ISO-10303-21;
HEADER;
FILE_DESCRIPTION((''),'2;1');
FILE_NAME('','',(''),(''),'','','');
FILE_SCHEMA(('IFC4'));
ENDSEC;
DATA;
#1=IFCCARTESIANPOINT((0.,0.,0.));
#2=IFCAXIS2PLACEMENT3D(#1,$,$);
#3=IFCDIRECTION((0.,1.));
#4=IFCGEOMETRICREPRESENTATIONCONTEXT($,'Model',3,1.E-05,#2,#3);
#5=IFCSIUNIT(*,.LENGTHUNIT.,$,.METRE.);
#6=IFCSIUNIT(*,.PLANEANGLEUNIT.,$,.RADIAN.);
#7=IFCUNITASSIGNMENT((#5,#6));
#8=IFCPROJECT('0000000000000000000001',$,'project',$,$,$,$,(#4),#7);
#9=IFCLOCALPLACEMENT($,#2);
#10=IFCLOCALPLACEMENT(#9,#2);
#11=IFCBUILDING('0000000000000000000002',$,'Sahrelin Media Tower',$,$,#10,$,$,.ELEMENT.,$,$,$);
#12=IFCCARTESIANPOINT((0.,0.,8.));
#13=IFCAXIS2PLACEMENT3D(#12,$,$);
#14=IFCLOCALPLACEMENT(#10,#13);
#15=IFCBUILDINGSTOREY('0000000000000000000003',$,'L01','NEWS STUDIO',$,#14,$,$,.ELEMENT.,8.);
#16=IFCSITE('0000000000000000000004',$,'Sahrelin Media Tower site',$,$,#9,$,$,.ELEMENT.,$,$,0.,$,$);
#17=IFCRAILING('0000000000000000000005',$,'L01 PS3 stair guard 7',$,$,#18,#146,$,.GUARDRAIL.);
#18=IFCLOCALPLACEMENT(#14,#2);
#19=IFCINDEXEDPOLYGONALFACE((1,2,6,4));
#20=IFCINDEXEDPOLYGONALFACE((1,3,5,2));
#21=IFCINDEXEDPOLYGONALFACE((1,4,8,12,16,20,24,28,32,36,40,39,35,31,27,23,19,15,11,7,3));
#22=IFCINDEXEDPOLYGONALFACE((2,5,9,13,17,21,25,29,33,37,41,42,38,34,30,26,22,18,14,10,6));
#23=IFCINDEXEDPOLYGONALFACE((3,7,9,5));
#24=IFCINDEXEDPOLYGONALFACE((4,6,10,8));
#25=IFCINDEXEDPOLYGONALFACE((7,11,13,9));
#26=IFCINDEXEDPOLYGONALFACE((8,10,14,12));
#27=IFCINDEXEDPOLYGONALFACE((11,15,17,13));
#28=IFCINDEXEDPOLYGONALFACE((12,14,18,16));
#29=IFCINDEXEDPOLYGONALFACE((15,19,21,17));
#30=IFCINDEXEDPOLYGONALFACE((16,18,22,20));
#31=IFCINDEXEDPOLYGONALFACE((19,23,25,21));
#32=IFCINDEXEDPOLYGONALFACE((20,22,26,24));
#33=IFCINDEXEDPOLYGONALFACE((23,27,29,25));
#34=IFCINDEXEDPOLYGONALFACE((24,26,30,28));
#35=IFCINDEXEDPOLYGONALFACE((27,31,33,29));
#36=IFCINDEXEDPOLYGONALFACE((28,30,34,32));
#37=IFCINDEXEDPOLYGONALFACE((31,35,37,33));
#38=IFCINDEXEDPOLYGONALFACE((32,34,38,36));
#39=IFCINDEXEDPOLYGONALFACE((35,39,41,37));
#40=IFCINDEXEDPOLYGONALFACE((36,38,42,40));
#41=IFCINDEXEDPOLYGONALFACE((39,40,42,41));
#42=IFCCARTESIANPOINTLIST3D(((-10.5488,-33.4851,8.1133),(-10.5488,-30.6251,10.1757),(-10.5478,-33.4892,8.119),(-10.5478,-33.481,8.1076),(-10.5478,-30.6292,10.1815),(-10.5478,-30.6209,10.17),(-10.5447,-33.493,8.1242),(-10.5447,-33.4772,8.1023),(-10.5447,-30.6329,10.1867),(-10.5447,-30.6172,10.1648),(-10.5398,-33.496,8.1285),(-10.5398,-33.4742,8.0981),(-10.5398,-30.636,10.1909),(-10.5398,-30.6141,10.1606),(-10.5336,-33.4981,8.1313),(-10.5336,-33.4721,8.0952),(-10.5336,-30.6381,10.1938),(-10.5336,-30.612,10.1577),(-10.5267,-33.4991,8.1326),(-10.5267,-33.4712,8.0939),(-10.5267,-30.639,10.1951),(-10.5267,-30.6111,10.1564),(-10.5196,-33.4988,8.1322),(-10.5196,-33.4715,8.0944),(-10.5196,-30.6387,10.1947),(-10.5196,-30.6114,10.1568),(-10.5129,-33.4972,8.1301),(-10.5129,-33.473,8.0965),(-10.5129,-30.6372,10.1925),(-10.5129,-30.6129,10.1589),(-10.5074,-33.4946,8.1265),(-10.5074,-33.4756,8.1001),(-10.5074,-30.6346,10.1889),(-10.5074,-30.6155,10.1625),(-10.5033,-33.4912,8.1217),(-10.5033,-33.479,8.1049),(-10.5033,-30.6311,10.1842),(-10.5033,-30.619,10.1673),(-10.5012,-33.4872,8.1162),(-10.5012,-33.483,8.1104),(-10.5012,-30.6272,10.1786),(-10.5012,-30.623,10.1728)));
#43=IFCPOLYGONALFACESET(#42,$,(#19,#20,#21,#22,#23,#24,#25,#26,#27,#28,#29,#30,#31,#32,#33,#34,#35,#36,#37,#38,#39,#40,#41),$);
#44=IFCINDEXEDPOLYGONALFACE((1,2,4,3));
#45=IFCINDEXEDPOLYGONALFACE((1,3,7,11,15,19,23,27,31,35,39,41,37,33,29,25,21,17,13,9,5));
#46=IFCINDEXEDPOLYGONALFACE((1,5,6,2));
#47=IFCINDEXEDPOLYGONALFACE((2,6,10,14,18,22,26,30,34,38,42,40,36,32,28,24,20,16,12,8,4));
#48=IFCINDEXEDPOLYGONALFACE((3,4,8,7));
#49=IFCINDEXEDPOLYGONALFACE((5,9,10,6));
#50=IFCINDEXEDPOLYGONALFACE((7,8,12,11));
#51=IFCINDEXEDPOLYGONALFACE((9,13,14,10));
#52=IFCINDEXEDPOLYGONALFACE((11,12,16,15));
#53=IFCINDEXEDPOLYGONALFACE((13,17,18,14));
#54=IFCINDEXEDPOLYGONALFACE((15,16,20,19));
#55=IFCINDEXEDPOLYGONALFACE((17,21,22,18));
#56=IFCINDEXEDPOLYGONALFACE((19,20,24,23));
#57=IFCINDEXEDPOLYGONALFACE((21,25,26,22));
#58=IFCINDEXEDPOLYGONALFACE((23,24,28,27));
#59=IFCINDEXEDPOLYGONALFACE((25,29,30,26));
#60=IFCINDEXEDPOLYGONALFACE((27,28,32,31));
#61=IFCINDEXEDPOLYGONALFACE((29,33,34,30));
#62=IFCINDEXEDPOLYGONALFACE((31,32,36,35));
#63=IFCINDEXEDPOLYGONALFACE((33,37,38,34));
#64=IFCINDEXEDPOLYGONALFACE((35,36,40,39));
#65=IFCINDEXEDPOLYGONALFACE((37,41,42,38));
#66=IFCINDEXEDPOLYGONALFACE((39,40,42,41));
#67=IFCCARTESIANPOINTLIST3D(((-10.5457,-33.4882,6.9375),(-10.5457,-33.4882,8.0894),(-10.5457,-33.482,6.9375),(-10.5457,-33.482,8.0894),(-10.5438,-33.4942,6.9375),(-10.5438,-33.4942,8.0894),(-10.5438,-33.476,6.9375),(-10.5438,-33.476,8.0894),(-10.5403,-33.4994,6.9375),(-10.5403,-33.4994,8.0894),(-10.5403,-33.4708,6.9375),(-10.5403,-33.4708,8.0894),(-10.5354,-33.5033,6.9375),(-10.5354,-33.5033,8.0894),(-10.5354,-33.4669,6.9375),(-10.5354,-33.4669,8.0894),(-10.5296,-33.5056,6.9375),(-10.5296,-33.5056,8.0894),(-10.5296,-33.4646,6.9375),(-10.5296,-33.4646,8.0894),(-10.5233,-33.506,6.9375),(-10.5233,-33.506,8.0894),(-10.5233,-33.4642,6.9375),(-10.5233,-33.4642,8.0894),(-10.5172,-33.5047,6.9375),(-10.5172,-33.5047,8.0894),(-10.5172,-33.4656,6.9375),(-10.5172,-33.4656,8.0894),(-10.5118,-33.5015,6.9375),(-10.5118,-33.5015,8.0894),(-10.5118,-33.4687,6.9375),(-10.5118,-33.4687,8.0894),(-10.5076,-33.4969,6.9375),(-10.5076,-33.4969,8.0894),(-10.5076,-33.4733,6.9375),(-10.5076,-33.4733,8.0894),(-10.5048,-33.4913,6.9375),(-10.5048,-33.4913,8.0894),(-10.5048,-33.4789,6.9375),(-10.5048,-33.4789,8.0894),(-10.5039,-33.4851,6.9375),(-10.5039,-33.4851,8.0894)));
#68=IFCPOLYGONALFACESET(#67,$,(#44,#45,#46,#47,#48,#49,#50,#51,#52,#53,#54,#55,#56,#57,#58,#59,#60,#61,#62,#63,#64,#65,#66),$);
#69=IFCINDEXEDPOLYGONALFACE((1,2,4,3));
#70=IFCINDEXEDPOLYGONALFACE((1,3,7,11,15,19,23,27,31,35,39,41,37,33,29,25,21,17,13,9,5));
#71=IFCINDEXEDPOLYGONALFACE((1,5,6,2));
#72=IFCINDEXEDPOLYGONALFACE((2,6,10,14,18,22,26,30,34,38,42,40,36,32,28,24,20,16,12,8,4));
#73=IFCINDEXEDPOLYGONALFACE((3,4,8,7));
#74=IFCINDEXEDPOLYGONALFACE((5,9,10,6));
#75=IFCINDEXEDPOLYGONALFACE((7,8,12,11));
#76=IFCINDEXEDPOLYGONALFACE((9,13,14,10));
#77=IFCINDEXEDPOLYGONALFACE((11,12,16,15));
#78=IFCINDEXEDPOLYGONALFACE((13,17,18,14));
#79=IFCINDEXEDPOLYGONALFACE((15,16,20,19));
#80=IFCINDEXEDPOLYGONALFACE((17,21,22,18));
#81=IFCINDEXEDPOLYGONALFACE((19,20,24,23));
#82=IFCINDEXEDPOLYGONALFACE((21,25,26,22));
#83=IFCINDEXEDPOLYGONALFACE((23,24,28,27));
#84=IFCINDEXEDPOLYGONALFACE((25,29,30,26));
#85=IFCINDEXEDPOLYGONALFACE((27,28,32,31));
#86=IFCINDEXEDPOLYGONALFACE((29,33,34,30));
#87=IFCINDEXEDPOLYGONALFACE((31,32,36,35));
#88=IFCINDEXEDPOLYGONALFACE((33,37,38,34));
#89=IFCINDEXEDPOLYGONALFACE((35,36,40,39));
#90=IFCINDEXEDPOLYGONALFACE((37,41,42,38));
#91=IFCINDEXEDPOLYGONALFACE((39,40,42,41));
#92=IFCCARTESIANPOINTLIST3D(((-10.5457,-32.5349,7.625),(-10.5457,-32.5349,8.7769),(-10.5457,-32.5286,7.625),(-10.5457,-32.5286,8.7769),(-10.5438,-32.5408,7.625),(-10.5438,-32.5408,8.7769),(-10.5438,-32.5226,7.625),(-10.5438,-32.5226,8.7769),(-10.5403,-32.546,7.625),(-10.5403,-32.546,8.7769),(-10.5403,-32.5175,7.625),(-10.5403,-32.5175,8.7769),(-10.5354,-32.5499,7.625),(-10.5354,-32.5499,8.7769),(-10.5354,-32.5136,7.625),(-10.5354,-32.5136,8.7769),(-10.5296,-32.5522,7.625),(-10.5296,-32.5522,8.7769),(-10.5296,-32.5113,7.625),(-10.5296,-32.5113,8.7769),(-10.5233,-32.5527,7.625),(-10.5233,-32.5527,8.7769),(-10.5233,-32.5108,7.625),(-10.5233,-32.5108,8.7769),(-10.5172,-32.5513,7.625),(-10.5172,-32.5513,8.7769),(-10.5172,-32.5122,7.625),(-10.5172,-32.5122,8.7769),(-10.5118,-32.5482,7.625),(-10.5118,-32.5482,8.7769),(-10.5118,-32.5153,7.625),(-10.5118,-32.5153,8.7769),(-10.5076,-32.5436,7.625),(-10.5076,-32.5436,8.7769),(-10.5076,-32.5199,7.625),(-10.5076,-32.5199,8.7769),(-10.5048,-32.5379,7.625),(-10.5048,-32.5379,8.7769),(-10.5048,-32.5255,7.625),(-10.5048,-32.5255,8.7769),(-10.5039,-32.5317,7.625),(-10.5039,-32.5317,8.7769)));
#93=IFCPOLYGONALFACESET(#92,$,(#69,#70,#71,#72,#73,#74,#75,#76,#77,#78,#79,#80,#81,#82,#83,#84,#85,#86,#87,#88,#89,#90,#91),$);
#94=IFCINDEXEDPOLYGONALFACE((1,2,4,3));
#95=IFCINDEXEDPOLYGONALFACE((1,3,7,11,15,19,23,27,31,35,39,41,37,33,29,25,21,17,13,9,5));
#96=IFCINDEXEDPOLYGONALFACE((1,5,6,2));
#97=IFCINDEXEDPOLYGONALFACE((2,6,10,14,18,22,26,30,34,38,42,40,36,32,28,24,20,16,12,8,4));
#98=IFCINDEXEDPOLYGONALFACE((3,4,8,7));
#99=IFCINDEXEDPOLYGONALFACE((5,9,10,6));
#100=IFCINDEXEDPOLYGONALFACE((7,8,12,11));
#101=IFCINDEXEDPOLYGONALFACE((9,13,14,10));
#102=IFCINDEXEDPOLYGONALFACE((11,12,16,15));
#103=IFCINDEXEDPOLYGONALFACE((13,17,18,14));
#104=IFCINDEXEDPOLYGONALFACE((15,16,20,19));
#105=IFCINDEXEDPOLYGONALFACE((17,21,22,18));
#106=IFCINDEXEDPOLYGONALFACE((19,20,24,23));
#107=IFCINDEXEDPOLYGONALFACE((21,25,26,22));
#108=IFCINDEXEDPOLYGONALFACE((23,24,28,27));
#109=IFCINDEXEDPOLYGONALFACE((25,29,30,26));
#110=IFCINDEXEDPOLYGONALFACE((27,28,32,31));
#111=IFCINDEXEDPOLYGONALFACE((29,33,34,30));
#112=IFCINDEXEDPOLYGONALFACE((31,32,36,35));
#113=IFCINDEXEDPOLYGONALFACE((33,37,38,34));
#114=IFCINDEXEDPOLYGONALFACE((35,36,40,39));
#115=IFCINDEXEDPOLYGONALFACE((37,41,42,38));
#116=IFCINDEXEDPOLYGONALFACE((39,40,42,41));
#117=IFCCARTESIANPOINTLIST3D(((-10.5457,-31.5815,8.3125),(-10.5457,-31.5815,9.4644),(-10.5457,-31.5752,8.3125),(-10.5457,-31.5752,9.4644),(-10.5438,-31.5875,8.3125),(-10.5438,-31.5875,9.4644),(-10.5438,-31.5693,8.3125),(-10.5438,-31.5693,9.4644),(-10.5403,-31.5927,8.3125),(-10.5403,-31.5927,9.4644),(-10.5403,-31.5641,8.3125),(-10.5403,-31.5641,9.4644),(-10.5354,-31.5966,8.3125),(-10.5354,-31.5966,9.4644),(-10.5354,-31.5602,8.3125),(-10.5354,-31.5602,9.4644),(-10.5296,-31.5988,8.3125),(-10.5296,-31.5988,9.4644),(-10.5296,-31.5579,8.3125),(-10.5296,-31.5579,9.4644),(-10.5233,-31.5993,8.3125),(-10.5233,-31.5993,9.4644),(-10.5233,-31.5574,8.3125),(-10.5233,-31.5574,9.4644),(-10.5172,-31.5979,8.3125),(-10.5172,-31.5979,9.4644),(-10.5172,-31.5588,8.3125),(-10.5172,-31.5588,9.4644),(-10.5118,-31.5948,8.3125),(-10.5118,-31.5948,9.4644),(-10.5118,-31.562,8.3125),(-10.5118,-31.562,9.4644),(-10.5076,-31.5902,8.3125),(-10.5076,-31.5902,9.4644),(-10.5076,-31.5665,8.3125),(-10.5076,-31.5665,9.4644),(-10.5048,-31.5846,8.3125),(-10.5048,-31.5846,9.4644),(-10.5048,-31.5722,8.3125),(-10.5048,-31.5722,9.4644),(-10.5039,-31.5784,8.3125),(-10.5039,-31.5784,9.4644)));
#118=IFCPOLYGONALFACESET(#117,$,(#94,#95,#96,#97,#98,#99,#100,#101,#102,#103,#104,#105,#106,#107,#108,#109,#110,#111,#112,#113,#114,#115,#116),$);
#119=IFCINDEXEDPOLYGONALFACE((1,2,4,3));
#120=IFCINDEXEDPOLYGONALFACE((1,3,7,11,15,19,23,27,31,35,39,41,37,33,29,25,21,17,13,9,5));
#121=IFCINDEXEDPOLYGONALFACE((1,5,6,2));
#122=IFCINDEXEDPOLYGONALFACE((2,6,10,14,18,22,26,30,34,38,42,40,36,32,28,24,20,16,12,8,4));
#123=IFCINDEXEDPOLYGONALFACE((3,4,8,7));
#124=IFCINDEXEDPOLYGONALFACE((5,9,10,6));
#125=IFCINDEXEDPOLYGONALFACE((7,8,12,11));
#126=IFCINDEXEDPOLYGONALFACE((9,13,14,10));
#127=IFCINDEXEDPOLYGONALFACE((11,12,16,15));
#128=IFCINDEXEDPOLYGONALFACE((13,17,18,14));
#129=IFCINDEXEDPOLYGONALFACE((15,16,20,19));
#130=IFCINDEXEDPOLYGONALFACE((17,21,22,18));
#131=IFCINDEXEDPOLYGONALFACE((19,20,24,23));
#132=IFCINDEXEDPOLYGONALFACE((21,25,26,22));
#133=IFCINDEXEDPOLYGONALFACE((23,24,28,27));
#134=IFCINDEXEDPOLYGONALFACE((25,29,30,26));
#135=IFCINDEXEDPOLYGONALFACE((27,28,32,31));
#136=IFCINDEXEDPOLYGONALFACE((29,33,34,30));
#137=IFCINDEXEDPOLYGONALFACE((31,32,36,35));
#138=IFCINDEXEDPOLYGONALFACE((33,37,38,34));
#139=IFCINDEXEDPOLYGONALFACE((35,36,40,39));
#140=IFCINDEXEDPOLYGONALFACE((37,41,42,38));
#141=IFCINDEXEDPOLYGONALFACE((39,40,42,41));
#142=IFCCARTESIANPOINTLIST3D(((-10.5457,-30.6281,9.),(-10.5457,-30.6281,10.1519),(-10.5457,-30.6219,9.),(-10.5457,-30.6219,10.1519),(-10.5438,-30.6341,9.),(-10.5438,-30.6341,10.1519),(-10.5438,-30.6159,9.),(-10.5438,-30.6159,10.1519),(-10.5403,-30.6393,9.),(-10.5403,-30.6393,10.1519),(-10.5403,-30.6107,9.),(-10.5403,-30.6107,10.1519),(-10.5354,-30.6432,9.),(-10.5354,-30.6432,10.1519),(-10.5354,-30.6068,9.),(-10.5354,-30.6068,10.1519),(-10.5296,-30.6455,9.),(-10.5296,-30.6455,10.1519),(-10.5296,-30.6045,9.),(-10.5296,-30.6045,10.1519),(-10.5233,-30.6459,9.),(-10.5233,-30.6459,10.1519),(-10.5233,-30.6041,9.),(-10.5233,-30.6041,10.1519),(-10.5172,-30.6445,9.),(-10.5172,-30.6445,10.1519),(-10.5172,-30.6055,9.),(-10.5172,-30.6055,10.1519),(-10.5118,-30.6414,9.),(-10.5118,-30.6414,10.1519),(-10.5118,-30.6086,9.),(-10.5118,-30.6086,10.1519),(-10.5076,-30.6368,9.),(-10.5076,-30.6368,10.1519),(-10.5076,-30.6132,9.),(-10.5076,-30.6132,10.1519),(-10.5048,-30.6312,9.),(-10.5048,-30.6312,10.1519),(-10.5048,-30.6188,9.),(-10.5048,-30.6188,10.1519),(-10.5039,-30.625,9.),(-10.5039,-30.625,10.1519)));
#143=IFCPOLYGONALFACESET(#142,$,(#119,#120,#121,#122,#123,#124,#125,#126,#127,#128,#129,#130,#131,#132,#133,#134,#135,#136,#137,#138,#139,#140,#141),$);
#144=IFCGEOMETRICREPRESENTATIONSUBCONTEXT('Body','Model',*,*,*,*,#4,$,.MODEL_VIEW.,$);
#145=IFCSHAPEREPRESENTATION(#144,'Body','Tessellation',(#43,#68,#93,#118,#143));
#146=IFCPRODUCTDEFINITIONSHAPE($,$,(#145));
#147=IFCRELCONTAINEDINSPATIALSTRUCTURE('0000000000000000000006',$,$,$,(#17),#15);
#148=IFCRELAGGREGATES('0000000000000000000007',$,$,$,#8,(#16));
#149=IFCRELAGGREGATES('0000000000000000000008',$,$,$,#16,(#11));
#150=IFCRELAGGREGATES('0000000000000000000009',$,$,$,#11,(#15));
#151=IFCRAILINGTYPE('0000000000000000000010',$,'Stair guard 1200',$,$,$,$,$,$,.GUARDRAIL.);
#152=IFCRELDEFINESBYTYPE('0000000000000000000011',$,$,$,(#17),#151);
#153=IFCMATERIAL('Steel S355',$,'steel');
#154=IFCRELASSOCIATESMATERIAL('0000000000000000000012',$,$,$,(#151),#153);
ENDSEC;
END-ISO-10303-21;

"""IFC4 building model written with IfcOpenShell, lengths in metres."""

from ifc_helpers import new_model, si_unit, direction, frame, origin, origin_2d, place, context, subcontext, project, spatial, circle, extrude, material, type_object, element, save


model = new_model("IFC4")

# Units and contexts
model_context = context("Model", 3, precision=1e-05, world=origin(), true_north=direction((0.0, 1.0)))
body_context = subcontext(model_context, "Body", "Model", "MODEL_VIEW")
ifc_project = project(units=[si_unit("LENGTHUNIT", "METRE"), si_unit("PLANEANGLEUNIT", "RADIAN")], contexts=[model_context])

# Site, building, storey
site_placement = place(None, origin())
site = spatial("IfcSite", under=ifc_project, at=site_placement, Name="Sahrelin Media Tower site", CompositionType="ELEMENT", RefElevation=0.0)
building_placement = place(site_placement, origin())
building = spatial("IfcBuilding", under=site, at=building_placement, Name="Sahrelin Media Tower", CompositionType="ELEMENT")
storey_placement = place(building_placement, frame((0.0, 0.0, 8.0)))
storey = spatial("IfcBuildingStorey", under=building, at=storey_placement, Name="L01", Description="NEWS STUDIO", CompositionType="ELEMENT", Elevation=8.0)

# Shared definitions
ifc_material_1 = material(Name="Steel S355", Category="steel")

# Railing
railing_type_1 = type_object("IfcRailingType", Name="Stair guard 1200", PredefinedType="GUARDRAIL", material=ifc_material_1)
railing_1_placement = place(storey_placement, frame((-10.5249, -33.4851, 6.9375)))
element("IfcRailing", 1, at=railing_1_placement, inside=storey, type_object=railing_type_1, Name="L01 PS3 stair guard 7", PredefinedType="GUARDRAIL", context=body_context, shape_type="SweptSolid", body=[
    extrude(circle(Radius=0.0239, at=origin_2d()), frame((0.0, 0.0, 1.1758), z_axis=(0.0, 0.811101, 0.584906), x_axis=(-1.0, 0.0, 0.0)), (0.0, 0.0, 1.0), 3.5261),
    extrude(circle(Radius=0.021, at=origin_2d()), origin(), (0.0, 0.0, 1.0), 1.1519),
    extrude(circle(Radius=0.021, at=origin_2d()), frame((0.0, 0.9534, 0.6875)), (0.0, 0.0, 1.0), 1.1519),
    extrude(circle(Radius=0.021, at=origin_2d()), frame((0.0, 1.9067, 1.375)), (0.0, 0.0, 1.0), 1.1519),
    extrude(circle(Radius=0.021, at=origin_2d()), frame((0.0, 2.8601, 2.0625)), (0.0, 0.0, 1.0), 1.1519),
])

save(model, "model.ifc")
